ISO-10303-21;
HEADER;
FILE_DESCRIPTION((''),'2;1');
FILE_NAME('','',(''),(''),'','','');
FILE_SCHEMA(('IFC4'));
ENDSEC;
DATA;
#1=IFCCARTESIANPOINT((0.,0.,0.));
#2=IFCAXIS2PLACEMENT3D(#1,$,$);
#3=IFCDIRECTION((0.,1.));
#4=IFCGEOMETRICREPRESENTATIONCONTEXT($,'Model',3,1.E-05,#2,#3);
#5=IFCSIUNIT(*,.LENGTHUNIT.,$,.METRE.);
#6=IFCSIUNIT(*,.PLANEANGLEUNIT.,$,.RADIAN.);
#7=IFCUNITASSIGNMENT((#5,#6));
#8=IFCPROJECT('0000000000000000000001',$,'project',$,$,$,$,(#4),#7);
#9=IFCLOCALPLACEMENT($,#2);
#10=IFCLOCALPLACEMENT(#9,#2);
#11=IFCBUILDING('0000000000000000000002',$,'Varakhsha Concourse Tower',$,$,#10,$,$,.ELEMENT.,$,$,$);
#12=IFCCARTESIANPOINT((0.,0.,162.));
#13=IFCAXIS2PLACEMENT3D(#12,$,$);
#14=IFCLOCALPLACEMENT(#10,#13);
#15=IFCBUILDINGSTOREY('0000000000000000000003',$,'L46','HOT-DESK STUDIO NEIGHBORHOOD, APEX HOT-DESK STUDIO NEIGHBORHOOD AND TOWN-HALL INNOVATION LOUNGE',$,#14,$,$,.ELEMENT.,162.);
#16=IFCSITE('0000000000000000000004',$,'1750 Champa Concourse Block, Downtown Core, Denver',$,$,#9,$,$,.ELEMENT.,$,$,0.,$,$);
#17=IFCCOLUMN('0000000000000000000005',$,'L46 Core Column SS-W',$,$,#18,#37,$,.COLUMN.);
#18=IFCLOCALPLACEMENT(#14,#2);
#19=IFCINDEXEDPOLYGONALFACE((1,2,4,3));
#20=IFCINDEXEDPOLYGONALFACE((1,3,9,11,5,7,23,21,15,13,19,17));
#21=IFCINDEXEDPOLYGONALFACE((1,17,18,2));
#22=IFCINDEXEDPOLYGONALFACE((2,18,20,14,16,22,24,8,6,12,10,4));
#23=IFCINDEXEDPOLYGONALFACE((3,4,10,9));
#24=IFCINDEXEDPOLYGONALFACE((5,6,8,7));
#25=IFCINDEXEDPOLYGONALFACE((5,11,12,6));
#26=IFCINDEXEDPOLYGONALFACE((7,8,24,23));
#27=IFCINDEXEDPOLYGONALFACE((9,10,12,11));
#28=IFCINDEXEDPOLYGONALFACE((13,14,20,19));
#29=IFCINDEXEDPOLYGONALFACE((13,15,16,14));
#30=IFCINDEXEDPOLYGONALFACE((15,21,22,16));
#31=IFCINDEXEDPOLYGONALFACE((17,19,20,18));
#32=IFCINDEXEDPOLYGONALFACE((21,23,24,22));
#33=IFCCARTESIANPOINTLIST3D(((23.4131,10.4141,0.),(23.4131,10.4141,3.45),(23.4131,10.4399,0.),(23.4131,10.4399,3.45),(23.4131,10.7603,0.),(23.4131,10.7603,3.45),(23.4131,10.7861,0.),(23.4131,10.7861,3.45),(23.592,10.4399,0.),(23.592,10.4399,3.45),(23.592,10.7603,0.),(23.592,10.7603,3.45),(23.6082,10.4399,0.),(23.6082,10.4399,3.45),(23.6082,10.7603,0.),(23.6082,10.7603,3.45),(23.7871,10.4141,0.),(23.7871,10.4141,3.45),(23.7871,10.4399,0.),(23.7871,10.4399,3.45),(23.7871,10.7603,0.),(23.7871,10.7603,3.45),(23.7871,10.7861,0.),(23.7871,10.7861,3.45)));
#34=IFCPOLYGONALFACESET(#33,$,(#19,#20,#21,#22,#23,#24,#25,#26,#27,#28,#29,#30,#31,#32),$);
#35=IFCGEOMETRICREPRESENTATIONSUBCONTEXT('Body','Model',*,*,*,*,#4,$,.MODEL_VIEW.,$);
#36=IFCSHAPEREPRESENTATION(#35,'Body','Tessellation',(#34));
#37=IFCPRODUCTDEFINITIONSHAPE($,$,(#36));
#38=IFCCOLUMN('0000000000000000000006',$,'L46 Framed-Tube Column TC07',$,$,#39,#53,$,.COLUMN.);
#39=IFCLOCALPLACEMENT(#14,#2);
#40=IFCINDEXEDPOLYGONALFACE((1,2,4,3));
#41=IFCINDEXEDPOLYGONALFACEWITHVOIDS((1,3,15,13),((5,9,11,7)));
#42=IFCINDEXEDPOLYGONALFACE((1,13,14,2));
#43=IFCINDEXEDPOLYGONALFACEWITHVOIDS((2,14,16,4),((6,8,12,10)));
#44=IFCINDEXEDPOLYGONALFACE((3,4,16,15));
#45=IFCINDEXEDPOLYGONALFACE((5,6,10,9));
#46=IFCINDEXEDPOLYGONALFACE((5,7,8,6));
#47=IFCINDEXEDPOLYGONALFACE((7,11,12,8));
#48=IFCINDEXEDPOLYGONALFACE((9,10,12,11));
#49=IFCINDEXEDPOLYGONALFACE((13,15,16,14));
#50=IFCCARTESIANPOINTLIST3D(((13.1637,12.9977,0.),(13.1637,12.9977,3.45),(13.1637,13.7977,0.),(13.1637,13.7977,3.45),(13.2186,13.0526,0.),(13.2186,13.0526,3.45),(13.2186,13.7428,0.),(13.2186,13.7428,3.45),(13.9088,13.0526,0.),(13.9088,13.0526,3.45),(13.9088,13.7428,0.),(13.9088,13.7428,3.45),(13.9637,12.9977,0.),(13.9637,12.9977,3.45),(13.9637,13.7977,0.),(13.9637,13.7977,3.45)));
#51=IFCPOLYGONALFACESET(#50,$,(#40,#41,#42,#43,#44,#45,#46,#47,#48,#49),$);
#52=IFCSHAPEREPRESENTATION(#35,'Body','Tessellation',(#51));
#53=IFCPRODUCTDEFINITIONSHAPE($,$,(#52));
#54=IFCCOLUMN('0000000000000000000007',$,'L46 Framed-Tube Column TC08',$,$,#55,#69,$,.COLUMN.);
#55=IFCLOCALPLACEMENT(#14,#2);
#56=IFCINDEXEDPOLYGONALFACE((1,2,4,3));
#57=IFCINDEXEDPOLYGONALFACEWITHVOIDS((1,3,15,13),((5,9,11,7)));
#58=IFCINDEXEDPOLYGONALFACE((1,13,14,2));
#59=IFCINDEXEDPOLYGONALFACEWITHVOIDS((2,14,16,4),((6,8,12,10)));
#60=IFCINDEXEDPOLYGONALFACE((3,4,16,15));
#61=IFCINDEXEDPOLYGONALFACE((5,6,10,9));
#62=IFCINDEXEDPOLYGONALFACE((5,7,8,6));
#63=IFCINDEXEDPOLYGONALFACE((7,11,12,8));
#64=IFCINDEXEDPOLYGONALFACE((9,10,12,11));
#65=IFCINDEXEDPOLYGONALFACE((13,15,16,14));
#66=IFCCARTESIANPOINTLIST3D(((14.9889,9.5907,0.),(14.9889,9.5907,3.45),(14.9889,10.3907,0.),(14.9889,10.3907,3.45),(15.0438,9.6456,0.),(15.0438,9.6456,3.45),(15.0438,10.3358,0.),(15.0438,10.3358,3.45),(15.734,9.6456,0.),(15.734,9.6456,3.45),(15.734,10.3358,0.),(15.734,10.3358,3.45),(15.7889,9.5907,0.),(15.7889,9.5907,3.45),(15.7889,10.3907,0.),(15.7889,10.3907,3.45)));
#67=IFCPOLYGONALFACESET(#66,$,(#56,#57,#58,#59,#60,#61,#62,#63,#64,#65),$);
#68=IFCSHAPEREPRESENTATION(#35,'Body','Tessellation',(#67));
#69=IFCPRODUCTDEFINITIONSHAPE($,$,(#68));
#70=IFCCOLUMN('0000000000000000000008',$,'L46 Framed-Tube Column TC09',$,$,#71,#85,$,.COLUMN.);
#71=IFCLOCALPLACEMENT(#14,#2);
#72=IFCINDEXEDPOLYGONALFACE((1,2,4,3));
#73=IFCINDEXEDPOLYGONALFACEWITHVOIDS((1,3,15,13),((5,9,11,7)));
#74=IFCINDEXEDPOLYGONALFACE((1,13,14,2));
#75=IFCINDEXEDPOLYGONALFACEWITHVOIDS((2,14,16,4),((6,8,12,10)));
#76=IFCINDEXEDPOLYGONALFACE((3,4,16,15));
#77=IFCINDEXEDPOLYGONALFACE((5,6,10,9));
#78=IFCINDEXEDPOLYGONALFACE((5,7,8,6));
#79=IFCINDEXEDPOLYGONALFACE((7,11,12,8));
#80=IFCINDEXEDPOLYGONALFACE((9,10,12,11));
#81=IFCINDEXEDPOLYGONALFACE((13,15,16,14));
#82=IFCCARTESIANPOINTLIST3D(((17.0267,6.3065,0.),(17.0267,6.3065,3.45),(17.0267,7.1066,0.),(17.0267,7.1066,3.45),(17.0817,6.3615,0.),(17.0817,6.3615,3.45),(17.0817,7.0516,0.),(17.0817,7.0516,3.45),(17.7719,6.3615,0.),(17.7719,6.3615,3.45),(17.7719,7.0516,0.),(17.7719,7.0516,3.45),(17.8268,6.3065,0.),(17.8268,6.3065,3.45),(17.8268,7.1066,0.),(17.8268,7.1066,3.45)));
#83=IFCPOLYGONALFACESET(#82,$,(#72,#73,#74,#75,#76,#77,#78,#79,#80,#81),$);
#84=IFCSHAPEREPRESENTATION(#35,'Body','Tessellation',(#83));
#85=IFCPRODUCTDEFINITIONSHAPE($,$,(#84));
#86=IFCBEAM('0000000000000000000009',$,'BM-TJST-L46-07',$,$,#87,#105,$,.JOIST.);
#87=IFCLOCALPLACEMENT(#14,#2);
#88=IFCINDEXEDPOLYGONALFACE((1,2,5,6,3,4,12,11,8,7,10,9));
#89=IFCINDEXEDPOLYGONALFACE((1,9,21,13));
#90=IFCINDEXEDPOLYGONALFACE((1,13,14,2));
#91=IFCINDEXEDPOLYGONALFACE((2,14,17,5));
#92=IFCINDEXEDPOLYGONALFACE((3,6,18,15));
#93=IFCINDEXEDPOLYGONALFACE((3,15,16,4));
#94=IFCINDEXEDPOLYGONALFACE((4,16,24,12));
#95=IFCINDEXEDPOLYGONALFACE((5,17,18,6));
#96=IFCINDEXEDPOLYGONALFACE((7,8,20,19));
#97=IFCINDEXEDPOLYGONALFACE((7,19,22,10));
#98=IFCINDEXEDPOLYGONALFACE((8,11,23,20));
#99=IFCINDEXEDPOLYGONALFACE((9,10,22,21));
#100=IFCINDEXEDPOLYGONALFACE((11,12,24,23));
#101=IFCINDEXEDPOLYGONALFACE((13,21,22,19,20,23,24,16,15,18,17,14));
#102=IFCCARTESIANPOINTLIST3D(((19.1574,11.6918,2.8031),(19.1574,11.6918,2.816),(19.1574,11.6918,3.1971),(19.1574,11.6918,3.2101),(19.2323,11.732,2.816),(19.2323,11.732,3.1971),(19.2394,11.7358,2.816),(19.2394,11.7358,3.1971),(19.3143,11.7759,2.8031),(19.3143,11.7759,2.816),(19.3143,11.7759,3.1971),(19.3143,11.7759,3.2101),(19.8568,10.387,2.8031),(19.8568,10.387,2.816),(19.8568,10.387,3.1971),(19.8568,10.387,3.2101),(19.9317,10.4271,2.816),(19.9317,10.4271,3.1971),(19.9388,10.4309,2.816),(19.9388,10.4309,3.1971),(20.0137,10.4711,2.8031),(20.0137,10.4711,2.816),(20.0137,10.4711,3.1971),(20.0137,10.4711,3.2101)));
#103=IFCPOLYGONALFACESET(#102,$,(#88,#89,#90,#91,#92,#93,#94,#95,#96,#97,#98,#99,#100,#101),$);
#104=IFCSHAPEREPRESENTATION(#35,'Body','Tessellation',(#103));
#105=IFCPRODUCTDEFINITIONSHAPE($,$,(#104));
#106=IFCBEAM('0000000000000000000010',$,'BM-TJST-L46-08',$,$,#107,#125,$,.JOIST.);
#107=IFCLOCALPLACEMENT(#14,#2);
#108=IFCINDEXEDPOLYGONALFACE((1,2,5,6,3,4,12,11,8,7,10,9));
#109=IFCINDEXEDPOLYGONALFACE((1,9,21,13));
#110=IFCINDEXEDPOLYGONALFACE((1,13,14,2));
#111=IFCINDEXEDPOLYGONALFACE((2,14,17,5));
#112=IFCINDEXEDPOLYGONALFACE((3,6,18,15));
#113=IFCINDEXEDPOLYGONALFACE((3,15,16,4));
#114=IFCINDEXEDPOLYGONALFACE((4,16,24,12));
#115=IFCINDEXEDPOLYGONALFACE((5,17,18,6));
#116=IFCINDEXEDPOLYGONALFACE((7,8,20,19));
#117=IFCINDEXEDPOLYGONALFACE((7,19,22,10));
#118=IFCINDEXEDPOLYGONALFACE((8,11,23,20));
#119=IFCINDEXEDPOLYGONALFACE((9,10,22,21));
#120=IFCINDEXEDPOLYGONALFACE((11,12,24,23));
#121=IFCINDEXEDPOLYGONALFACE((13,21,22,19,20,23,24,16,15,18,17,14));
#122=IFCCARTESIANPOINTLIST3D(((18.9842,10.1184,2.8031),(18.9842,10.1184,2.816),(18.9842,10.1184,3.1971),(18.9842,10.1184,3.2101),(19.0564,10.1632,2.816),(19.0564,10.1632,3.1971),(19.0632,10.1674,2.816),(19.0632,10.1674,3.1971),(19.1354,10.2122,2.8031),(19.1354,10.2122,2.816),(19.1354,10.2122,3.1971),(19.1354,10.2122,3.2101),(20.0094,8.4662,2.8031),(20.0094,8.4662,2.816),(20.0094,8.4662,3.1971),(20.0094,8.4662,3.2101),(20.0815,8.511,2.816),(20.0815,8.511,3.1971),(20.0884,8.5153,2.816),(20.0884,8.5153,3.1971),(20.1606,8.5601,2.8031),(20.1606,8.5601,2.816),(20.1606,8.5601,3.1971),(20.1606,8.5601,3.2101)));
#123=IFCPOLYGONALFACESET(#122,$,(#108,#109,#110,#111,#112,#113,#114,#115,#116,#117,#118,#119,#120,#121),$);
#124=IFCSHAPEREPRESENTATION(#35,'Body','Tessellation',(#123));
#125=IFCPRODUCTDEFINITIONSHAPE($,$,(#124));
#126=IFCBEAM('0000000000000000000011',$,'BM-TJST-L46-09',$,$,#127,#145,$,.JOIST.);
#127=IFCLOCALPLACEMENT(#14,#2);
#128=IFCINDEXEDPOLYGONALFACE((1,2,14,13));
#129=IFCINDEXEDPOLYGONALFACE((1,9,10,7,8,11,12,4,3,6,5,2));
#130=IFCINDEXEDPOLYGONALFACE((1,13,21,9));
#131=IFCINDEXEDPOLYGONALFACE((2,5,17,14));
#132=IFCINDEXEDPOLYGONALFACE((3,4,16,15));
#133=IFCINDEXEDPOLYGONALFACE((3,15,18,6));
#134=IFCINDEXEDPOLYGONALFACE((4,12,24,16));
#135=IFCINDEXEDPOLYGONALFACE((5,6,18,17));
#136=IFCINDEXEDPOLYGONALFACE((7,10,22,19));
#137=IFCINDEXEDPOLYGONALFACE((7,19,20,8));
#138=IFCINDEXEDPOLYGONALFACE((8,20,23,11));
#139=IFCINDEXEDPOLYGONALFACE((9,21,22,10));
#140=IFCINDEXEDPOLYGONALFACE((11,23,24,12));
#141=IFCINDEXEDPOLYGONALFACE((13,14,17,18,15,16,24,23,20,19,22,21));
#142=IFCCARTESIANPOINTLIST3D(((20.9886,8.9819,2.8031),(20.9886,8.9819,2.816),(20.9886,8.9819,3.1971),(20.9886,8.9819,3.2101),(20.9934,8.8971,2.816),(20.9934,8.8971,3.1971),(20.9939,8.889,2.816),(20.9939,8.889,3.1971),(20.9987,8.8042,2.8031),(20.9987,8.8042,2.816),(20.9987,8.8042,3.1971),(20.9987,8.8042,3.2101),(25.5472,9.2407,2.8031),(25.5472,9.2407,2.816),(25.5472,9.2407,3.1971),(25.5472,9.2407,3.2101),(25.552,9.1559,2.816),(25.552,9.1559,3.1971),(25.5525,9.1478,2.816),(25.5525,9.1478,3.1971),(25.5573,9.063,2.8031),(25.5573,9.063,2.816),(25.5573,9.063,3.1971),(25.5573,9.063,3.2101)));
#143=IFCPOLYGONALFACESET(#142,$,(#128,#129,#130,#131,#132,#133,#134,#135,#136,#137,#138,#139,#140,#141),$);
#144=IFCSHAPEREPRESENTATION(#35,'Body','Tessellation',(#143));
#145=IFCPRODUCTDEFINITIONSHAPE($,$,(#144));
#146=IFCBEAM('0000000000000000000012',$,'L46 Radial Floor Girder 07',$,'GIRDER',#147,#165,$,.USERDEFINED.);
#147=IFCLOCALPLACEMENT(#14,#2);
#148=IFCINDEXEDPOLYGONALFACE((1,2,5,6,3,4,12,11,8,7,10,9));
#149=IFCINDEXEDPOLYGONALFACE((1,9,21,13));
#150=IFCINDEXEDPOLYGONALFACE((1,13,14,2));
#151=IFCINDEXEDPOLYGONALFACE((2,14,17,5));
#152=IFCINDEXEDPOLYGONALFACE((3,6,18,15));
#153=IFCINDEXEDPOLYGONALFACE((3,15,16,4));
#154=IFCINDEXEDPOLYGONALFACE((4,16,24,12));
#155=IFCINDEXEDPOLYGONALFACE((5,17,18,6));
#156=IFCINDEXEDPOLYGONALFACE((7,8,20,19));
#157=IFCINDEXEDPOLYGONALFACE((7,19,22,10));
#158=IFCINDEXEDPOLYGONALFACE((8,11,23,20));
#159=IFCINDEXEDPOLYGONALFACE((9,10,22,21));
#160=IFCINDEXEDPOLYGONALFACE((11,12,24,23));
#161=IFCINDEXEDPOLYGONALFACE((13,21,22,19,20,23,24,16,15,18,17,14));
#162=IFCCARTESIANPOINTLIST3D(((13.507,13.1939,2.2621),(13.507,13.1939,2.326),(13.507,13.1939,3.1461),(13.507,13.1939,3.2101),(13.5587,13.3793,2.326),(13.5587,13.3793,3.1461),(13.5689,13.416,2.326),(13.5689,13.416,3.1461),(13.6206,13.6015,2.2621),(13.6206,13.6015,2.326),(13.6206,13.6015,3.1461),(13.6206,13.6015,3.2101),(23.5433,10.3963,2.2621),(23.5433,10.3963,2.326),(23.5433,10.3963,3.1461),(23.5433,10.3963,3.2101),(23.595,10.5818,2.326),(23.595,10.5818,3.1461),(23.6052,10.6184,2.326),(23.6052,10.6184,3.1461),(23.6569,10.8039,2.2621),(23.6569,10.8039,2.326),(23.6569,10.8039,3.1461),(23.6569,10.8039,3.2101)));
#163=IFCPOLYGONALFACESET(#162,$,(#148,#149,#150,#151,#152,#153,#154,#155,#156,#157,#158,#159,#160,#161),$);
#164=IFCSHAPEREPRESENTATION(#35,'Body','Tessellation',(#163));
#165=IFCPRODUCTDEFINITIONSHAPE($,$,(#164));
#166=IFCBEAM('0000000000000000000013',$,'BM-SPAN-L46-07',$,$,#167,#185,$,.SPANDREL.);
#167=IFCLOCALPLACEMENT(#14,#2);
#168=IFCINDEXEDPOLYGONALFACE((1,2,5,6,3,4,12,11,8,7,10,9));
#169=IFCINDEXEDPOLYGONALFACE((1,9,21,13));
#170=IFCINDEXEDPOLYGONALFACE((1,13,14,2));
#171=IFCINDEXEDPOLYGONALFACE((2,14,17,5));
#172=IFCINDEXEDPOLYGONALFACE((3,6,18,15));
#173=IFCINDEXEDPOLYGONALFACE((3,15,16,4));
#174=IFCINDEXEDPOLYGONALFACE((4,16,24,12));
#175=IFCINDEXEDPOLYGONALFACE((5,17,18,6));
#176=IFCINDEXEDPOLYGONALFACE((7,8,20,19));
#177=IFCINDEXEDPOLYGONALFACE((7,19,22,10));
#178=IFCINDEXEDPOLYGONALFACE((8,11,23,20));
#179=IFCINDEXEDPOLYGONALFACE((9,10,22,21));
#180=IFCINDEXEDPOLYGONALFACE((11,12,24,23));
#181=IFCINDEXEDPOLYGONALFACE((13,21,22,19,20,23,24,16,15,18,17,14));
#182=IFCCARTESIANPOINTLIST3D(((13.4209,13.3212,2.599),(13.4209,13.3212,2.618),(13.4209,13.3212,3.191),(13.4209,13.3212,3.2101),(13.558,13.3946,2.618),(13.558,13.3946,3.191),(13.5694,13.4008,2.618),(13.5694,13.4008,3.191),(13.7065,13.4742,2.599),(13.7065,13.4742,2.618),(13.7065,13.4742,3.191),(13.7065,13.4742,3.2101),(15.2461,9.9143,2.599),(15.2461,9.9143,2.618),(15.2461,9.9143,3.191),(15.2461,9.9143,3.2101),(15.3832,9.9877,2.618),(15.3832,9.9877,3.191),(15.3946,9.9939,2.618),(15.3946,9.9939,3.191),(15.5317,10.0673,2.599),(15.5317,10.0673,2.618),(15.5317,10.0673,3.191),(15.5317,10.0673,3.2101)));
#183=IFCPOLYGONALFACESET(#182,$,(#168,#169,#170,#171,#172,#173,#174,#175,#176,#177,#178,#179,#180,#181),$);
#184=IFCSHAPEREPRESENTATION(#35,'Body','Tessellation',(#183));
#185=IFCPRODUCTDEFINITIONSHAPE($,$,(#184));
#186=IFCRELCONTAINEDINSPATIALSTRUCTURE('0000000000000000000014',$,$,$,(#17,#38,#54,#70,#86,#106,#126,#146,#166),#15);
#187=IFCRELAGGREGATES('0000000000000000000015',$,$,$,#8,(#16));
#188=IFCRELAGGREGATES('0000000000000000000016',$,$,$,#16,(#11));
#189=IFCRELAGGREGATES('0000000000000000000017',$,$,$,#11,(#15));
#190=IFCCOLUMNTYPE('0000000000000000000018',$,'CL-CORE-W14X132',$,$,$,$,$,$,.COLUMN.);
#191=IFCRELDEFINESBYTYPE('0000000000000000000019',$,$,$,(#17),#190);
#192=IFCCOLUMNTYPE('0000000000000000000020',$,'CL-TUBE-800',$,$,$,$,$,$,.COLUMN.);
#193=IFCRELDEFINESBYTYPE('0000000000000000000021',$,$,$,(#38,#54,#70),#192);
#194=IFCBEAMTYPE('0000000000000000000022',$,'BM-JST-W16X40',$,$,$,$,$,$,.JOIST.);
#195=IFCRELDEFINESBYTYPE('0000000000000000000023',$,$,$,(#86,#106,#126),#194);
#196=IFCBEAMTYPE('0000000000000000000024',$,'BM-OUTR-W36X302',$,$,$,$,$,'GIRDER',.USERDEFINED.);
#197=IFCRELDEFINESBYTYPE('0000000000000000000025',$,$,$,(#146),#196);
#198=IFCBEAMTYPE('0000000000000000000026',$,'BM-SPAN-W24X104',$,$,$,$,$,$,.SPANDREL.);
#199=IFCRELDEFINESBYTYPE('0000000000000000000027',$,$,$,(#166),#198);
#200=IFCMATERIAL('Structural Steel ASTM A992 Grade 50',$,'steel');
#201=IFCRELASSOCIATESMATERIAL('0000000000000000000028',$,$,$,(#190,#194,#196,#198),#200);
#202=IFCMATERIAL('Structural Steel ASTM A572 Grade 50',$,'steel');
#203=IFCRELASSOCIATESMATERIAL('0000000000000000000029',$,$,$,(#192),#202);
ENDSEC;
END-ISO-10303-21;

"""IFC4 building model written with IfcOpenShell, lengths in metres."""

from ifc_helpers import new_model, si_unit, direction, frame, origin, origin_2d, place, context, subcontext, project, spatial, hollow_rectangle, i_section, extrude, material, material_profile, profile_set, type_object, element, save


model = new_model("IFC4")

# Units and contexts
model_context = context("Model", 3, precision=1e-05, world=origin(), true_north=direction((0.0, 1.0)))
body_context = subcontext(model_context, "Body", "Model", "MODEL_VIEW")
ifc_project = project(units=[si_unit("LENGTHUNIT", "METRE"), si_unit("PLANEANGLEUNIT", "RADIAN")], contexts=[model_context])

# Site, building, storey
site_placement = place(None, origin())
site = spatial("IfcSite", under=ifc_project, at=site_placement, Name="1750 Champa Concourse Block, Downtown Core, Denver", CompositionType="ELEMENT", RefElevation=0.0)
building_placement = place(site_placement, origin())
building = spatial("IfcBuilding", under=site, at=building_placement, Name="Varakhsha Concourse Tower", CompositionType="ELEMENT")
storey_placement = place(building_placement, frame((0.0, 0.0, 162.0)))
storey = spatial("IfcBuildingStorey", under=building, at=storey_placement, Name="L46", Description="HOT-DESK STUDIO NEIGHBORHOOD, APEX HOT-DESK STUDIO NEIGHBORHOOD AND TOWN-HALL INNOVATION LOUNGE", CompositionType="ELEMENT", Elevation=162.0)

# Columns
ifc_material_1 = material(Name="Structural Steel ASTM A992 Grade 50", Category="steel")
ifc_material_profile_1 = material_profile(ifc_material_1, i_section(OverallWidth=0.374, OverallDepth=0.3721, WebThickness=0.0161, FlangeThickness=0.0259, at=origin_2d()), Name="W14X132")
ifc_profile_set_1 = profile_set([ifc_material_profile_1], Name="Structural Steel ASTM A992 Grade 50")
column_type_1 = type_object("IfcColumnType", Name="CL-CORE-W14X132", PredefinedType="COLUMN", material=ifc_profile_set_1)
column_placement = place(storey_placement, frame((23.6001, 10.6001, 0.0), z_axis=(0.0, 0.0, 1.0), x_axis=(1.0, 0.0, 0.0)))
element("IfcColumn", 1, at=column_placement, inside=storey, type_object=column_type_1, Name="L46 Core Column SS-W", PredefinedType="COLUMN", context=body_context, shape_type="SweptSolid", body=[
    extrude(i_section(OverallWidth=0.374, OverallDepth=0.3721, WebThickness=0.0161, FlangeThickness=0.0259, at=origin_2d()), origin(), (0.0, 0.0, 1.0), 3.45),
])
ifc_material_2 = material(Name="Structural Steel ASTM A572 Grade 50", Category="steel")
ifc_material_profile_2 = material_profile(ifc_material_2, hollow_rectangle(XDim=0.8, YDim=0.8, WallThickness=0.0549, at=origin_2d()), Name="BOX 800x800x55")
ifc_profile_set_2 = profile_set([ifc_material_profile_2], Name="Structural Steel ASTM A572 Grade 50")
column_type_2 = type_object("IfcColumnType", Name="CL-TUBE-800", PredefinedType="COLUMN", material=ifc_profile_set_2)
for number, where, z_axis, x_axis, name in (
    (2, (13.5637, 13.3977, 0.0), (0.0, 0.0, 1.0), (1.0, 0.0, 0.0), "L46 Framed-Tube Column TC07"),
    (3, (15.3889, 9.9907, 0.0), (0.0, 0.0, 1.0), (1.0, 0.0, 0.0), "L46 Framed-Tube Column TC08"),
    (4, (17.4268, 6.7065, 0.0), (0.0, 0.0, 1.0), (1.0, 0.0, 0.0), "L46 Framed-Tube Column TC09"),
):
    element("IfcColumn", number, at=place(storey_placement, frame(where, z_axis=z_axis, x_axis=x_axis)), inside=storey, type_object=column_type_2, Name=name, PredefinedType="COLUMN", context=body_context, shape_type="SweptSolid", body=[
        extrude(hollow_rectangle(XDim=0.8, YDim=0.8, WallThickness=0.0549, at=origin_2d()), origin(), (0.0, 0.0, 1.0), 3.45),
    ])

# Beams
ifc_material_profile_3 = material_profile(ifc_material_1, i_section(OverallWidth=0.178, OverallDepth=0.407, WebThickness=0.0081, FlangeThickness=0.0129, at=origin_2d()), Name="W16X40")
ifc_profile_set_3 = profile_set([ifc_material_profile_3], Name="Structural Steel ASTM A992 Grade 50")
beam_type_1 = type_object("IfcBeamType", Name="BM-JST-W16X40", PredefinedType="JOIST", material=ifc_profile_set_3)
beam_1_placement = place(storey_placement, frame((19.2358, 11.7339, 3.0066), z_axis=(0.472427, -0.88137, 0.0), x_axis=(0.88137, 0.472427, 0.0)))
element("IfcBeam", 5, at=beam_1_placement, inside=storey, type_object=beam_type_1, Name="BM-TJST-L46-07", PredefinedType="JOIST", context=body_context, shape_type="SweptSolid", body=[
    extrude(i_section(OverallWidth=0.178, OverallDepth=0.407, WebThickness=0.0081, FlangeThickness=0.0129, at=origin_2d()), origin(), (0.0, 0.0, 1.0), 1.4805),
])
beam_2_placement = place(storey_placement, frame((19.0598, 10.1653, 3.0066), z_axis=(0.527253, -0.849708, 0.0), x_axis=(0.849708, 0.527253, 0.0)))
element("IfcBeam", 6, at=beam_2_placement, inside=storey, type_object=beam_type_1, Name="BM-TJST-L46-08", PredefinedType="JOIST", context=body_context, shape_type="SweptSolid", body=[
    extrude(i_section(OverallWidth=0.178, OverallDepth=0.407, WebThickness=0.0081, FlangeThickness=0.0129, at=origin_2d()), origin(), (0.0, 0.0, 1.0), 1.9443),
])
beam_3_placement = place(storey_placement, frame((20.9937, 8.8931, 3.0066), z_axis=(0.998392, 0.056678, 0.0), x_axis=(-0.056678, 0.998392, 0.0)))
element("IfcBeam", 7, at=beam_3_placement, inside=storey, type_object=beam_type_1, Name="BM-TJST-L46-09", PredefinedType="JOIST", context=body_context, shape_type="SweptSolid", body=[
    extrude(i_section(OverallWidth=0.178, OverallDepth=0.407, WebThickness=0.0081, FlangeThickness=0.0129, at=origin_2d()), origin(), (0.0, 0.0, 1.0), 4.5659),
])
ifc_material_profile_4 = material_profile(ifc_material_1, i_section(OverallWidth=0.4231, OverallDepth=0.948, WebThickness=0.0381, FlangeThickness=0.064, at=origin_2d()), Name="W36X302")
ifc_profile_set_4 = profile_set([ifc_material_profile_4], Name="Structural Steel ASTM A992 Grade 50")
beam_type_2 = type_object("IfcBeamType", Name="BM-OUTR-W36X302", ElementType="GIRDER", PredefinedType="USERDEFINED", material=ifc_profile_set_4)
beam_4_placement = place(storey_placement, frame((23.6001, 10.6001, 2.7361), z_axis=(-0.963277, 0.26851, 0.0), x_axis=(-0.26851, -0.963277, 0.0)))
element("IfcBeam", 8, at=beam_4_placement, inside=storey, type_object=beam_type_2, Name="L46 Radial Floor Girder 07", ObjectType="GIRDER", PredefinedType="USERDEFINED", context=body_context, shape_type="SweptSolid", body=[
    extrude(i_section(OverallWidth=0.4231, OverallDepth=0.948, WebThickness=0.0381, FlangeThickness=0.064, at=origin_2d()), origin(), (0.0, 0.0, 1.0), 10.4189),
])
ifc_material_profile_5 = material_profile(ifc_material_1, i_section(OverallWidth=0.324, OverallDepth=0.6111, WebThickness=0.0129, FlangeThickness=0.019, at=origin_2d()), Name="W24X104")
ifc_profile_set_5 = profile_set([ifc_material_profile_5], Name="Structural Steel ASTM A992 Grade 50")
beam_type_3 = type_object("IfcBeamType", Name="BM-SPAN-W24X104", PredefinedType="SPANDREL", material=ifc_profile_set_5)
for number, where, z_axis, x_axis, name in (
    (9, (13.5637, 13.3977, 2.9045), (0.472227, -0.881477, 0.0), (0.881477, 0.472227, 0.0), "BM-SPAN-L46-07"),
):
    element("IfcBeam", number, at=place(storey_placement, frame(where, z_axis=z_axis, x_axis=x_axis)), inside=storey, type_object=beam_type_3, Name=name, PredefinedType="SPANDREL", context=body_context, shape_type="SweptSolid", body=[
        extrude(i_section(OverallWidth=0.324, OverallDepth=0.6111, WebThickness=0.0129, FlangeThickness=0.019, at=origin_2d()), origin(), (0.0, 0.0, 1.0), 3.865),
    ])

save(model, "model.ifc")
